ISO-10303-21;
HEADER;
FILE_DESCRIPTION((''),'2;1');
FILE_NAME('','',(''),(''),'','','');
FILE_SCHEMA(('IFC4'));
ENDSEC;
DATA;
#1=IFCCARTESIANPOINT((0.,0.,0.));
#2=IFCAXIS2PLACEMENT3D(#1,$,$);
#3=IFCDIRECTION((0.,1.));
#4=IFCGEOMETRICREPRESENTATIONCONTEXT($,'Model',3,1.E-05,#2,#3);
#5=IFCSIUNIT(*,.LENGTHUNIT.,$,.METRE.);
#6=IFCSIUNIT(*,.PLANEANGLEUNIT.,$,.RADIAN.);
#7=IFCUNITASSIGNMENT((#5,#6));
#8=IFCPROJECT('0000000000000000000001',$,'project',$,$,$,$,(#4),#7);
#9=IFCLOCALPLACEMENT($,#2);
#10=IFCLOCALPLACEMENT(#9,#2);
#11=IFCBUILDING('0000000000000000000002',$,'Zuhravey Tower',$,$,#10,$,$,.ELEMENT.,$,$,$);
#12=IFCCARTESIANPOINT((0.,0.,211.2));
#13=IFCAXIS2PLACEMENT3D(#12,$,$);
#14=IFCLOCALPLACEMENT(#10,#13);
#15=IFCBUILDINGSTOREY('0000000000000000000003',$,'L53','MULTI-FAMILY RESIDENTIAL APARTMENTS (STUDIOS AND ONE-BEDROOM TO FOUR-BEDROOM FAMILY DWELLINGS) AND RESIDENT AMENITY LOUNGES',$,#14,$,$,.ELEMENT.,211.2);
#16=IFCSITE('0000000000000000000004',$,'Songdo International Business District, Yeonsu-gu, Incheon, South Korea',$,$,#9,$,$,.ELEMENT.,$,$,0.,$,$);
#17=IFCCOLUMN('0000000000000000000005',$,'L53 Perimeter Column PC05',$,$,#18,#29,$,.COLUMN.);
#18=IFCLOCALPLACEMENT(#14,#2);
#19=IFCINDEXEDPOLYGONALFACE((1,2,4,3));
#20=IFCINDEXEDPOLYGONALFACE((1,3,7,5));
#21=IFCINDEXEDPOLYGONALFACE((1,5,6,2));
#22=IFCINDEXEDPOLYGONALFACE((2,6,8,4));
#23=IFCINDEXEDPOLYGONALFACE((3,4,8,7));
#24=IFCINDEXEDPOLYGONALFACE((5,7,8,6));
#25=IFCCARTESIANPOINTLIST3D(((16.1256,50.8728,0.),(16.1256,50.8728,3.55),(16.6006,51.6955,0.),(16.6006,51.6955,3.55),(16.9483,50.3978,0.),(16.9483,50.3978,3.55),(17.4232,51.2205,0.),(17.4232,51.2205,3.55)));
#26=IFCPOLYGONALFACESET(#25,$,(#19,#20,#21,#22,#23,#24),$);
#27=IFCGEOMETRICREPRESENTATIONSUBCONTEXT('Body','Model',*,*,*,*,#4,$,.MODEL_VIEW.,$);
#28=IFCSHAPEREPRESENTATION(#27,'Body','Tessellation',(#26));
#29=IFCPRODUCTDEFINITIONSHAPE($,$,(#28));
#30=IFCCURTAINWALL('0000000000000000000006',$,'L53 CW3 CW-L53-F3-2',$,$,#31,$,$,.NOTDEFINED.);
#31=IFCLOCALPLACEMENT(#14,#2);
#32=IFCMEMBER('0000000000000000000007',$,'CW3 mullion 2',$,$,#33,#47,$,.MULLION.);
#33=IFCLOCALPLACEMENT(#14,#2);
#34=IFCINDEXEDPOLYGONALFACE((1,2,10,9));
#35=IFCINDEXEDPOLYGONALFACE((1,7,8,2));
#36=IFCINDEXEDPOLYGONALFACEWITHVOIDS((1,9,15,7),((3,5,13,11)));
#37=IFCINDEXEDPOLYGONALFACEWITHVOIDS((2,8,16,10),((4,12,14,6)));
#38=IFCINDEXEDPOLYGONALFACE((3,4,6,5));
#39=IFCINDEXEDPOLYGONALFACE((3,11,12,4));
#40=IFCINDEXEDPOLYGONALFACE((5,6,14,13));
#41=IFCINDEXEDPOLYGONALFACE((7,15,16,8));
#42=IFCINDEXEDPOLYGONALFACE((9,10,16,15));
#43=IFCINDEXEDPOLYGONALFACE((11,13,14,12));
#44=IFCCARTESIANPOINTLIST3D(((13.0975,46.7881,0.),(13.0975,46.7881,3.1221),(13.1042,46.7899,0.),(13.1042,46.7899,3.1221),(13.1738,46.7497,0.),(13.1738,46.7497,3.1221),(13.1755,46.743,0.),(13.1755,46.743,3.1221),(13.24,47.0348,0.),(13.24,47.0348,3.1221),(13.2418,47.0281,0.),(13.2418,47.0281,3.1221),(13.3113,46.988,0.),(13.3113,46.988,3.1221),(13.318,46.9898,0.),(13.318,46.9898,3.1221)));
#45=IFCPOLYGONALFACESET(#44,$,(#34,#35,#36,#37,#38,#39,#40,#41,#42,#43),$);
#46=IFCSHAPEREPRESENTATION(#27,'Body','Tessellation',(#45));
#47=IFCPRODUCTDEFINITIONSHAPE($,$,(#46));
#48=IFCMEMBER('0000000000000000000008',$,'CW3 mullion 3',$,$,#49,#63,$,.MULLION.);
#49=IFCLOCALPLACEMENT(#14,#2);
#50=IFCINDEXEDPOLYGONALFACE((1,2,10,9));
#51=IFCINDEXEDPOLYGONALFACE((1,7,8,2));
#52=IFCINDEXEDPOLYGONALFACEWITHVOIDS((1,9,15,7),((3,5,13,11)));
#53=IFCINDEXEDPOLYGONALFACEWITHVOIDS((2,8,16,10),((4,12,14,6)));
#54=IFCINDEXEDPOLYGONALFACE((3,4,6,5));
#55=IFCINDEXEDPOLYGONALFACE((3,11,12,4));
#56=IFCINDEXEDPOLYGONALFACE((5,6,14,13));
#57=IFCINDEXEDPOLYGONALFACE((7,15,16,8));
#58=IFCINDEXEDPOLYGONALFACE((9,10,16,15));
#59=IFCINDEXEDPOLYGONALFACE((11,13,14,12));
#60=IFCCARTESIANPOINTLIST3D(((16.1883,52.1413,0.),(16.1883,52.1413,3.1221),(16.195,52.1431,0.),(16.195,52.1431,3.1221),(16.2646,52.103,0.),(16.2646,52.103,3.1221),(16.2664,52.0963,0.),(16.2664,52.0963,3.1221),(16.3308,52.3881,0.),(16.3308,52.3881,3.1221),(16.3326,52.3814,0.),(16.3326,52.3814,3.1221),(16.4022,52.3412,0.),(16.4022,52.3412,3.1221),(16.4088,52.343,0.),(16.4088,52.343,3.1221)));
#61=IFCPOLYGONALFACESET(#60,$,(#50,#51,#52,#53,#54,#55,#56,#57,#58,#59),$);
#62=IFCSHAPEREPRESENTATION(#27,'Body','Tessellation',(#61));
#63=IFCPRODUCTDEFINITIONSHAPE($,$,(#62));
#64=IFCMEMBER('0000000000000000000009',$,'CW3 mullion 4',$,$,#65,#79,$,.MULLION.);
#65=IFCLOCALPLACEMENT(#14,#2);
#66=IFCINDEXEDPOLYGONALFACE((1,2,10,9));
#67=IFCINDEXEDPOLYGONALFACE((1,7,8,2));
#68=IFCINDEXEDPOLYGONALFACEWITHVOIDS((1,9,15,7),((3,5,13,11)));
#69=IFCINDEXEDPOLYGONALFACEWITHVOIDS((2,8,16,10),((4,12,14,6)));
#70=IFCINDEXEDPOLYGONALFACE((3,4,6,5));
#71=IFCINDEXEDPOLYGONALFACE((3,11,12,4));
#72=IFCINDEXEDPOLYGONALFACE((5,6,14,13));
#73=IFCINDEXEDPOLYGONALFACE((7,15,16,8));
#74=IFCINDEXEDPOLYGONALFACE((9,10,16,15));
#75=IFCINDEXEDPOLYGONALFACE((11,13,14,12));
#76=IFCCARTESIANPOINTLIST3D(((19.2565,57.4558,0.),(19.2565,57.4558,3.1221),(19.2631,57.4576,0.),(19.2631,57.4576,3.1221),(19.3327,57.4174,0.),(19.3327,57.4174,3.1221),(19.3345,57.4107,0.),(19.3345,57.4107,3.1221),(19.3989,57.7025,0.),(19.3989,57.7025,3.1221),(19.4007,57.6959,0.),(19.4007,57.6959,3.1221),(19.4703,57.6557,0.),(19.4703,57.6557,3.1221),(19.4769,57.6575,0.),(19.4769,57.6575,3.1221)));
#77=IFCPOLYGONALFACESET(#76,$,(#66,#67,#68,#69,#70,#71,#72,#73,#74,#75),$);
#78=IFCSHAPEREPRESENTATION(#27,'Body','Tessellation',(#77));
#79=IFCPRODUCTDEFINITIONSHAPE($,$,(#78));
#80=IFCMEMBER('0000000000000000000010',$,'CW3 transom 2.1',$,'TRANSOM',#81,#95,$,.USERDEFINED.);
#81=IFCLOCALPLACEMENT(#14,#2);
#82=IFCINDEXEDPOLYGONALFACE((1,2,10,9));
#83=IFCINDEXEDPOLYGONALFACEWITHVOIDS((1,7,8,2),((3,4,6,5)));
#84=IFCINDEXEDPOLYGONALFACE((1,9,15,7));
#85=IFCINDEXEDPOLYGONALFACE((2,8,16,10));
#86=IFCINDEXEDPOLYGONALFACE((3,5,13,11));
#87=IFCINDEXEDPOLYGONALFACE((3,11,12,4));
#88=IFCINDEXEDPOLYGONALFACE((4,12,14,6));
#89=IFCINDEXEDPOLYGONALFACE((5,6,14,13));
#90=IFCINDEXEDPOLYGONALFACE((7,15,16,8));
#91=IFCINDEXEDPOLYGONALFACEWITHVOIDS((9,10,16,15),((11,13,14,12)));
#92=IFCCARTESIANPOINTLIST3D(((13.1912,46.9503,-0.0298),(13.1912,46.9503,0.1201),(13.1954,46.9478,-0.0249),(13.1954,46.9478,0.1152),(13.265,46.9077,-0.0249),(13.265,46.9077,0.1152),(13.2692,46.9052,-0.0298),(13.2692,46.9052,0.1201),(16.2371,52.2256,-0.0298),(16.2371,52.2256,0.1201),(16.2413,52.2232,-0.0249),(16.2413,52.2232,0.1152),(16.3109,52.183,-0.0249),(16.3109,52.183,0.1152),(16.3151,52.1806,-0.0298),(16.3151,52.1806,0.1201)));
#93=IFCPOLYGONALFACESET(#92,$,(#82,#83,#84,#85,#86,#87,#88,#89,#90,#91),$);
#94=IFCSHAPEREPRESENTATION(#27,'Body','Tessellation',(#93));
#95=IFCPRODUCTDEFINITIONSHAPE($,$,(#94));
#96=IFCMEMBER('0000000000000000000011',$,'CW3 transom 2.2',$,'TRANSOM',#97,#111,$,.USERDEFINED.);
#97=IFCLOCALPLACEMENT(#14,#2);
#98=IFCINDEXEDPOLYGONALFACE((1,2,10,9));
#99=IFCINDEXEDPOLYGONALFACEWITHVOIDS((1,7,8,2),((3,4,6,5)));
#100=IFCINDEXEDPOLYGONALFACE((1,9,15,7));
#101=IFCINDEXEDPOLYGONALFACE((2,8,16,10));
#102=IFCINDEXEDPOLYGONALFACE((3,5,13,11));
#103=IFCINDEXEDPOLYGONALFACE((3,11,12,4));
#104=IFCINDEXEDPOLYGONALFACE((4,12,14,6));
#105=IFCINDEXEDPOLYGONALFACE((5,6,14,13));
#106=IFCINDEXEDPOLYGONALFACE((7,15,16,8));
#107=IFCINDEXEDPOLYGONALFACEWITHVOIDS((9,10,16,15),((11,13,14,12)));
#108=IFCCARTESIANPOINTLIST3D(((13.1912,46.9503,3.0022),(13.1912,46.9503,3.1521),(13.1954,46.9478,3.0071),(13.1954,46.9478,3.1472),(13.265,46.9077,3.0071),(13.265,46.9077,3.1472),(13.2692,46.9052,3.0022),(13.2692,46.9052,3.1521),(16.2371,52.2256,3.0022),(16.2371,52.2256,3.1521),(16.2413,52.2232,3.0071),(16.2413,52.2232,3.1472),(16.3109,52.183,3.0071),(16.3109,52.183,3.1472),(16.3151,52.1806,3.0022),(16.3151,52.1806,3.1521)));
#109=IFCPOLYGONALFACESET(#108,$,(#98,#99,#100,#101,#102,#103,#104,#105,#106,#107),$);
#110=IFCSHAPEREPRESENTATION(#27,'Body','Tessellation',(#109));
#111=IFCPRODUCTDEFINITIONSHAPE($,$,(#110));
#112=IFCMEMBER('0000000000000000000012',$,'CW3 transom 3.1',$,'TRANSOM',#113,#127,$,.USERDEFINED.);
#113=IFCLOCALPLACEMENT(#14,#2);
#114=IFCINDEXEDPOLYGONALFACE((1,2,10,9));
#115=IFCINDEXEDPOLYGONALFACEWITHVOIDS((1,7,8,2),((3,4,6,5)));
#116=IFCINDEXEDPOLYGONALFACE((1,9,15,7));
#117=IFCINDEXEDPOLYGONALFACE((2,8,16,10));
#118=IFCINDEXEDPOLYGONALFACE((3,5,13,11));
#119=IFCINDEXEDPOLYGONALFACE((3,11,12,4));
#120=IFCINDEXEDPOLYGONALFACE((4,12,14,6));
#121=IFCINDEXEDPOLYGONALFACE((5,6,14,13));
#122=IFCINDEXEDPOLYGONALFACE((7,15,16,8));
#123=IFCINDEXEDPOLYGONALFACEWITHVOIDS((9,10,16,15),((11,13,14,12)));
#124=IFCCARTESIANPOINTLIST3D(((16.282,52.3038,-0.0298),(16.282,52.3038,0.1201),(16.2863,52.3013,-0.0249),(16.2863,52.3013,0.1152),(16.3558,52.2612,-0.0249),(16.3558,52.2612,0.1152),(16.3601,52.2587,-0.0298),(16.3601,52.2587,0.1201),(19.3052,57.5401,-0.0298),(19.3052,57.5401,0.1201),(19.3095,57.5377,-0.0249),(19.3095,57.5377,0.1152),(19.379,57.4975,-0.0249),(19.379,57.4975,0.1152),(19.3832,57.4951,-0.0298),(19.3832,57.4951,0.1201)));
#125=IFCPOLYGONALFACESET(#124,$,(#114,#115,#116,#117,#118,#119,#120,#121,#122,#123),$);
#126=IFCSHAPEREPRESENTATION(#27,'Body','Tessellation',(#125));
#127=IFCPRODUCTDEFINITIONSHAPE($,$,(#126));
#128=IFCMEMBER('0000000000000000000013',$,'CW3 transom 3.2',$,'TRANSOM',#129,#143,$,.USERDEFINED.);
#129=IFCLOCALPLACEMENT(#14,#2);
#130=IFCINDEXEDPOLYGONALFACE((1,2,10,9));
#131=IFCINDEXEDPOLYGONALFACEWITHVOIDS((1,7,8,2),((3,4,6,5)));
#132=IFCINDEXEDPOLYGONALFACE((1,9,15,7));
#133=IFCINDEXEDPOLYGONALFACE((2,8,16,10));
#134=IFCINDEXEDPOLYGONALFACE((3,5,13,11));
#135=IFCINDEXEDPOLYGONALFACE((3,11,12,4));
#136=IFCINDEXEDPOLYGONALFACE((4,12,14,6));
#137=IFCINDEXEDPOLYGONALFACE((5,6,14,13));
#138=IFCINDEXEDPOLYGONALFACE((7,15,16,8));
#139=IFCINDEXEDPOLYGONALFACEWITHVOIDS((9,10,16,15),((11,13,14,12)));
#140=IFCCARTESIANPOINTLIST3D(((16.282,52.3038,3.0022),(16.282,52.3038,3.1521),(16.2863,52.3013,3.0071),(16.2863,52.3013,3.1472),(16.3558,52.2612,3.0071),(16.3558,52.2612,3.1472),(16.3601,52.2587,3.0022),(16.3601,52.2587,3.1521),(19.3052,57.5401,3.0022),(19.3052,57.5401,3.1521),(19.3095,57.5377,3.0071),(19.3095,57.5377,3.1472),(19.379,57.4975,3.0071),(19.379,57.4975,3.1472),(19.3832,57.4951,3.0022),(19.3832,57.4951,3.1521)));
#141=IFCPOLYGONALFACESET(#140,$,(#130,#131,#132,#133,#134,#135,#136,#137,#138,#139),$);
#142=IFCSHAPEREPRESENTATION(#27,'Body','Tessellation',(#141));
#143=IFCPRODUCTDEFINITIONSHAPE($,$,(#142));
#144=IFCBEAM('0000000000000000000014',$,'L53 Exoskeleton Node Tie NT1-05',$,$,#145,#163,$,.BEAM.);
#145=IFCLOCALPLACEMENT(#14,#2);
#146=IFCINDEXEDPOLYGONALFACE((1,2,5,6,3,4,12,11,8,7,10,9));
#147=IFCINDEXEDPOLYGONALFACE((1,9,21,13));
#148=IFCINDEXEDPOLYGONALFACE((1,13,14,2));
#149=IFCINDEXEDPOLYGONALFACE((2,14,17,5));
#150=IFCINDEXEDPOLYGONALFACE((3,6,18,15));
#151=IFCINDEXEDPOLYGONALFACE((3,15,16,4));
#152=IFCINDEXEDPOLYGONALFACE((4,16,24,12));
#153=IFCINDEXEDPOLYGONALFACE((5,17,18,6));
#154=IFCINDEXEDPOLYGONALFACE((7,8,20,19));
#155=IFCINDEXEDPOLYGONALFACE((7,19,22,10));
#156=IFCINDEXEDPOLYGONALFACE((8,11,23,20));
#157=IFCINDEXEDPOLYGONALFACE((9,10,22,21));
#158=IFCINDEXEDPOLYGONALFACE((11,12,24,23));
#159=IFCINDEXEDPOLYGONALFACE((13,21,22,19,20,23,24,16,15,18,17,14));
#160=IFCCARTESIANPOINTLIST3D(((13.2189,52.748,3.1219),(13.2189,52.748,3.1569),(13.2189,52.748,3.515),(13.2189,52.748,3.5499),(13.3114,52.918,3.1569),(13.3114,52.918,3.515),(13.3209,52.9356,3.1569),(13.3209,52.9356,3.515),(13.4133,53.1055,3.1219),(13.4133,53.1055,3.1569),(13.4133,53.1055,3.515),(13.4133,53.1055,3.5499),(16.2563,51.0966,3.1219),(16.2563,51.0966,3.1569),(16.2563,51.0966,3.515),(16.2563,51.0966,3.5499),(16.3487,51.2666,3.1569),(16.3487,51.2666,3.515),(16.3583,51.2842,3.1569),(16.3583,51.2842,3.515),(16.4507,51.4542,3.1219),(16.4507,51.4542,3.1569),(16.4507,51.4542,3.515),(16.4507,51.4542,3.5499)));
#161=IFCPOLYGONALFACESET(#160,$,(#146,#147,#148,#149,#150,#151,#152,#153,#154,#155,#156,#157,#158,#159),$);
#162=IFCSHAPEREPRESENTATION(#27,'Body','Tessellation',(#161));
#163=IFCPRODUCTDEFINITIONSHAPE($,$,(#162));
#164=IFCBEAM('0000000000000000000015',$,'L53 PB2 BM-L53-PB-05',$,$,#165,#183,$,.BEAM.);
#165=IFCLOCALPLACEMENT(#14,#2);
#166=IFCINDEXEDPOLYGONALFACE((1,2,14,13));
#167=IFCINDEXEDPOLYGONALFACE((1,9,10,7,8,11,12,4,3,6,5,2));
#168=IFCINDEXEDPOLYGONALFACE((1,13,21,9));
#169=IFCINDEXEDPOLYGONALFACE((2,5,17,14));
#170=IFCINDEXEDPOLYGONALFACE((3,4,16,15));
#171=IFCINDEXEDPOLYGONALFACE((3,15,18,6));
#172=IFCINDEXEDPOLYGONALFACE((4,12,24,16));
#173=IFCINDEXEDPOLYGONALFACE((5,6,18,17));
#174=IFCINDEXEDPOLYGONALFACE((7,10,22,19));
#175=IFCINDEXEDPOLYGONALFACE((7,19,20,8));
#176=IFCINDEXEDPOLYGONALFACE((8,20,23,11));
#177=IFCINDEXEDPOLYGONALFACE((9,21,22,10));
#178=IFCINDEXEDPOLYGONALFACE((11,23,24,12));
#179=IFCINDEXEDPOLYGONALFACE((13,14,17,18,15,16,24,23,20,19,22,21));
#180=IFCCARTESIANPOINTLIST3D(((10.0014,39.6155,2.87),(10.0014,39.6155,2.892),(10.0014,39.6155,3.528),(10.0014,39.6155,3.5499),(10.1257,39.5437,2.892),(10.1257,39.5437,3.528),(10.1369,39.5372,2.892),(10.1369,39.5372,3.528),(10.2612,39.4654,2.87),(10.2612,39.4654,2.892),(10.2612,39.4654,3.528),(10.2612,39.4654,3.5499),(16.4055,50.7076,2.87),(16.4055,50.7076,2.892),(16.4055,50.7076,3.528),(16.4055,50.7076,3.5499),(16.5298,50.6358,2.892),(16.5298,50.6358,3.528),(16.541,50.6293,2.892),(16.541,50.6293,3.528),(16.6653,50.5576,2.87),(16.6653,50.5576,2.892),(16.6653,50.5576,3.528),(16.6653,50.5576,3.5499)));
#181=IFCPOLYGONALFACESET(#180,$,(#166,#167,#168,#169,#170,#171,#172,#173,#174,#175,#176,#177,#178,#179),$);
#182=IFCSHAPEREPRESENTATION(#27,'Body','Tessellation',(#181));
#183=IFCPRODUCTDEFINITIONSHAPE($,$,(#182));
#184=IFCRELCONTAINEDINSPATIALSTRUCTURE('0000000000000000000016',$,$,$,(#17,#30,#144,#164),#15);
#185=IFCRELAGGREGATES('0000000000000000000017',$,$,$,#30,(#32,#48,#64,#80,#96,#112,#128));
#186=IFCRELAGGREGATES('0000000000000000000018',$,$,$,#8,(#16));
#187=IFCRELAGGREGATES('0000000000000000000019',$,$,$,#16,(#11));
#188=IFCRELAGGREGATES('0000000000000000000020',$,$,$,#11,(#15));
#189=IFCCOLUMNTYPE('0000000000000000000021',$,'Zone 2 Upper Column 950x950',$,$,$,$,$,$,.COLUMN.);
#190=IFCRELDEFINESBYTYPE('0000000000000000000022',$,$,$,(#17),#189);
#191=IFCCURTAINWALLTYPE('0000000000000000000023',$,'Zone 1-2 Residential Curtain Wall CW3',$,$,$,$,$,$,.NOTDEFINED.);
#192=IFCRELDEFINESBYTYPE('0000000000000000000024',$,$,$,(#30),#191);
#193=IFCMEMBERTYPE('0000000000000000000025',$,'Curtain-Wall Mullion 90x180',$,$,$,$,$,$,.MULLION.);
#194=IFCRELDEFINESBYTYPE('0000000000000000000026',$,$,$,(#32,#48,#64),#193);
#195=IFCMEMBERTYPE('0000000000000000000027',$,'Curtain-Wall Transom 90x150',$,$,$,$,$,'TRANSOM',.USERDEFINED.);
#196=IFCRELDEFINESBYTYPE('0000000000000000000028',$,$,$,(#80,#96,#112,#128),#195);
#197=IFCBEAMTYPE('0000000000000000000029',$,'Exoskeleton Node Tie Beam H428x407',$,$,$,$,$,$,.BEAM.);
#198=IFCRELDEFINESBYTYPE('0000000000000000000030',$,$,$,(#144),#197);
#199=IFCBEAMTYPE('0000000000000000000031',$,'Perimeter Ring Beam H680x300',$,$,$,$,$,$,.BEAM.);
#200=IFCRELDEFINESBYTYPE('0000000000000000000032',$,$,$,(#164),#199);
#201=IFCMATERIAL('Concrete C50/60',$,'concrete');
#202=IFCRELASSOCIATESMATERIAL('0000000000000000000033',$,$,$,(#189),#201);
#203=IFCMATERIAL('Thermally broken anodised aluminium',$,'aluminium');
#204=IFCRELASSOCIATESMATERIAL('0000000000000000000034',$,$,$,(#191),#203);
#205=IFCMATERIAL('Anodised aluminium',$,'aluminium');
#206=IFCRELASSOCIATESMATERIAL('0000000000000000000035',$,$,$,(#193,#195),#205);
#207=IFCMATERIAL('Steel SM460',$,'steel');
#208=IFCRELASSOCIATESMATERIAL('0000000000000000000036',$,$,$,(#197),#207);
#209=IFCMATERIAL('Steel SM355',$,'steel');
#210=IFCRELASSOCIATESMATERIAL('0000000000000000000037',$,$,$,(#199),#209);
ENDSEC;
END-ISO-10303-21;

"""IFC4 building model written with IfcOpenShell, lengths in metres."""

from ifc_helpers import new_model, si_unit, direction, frame, origin, origin_2d, place, context, subcontext, project, spatial, rectangle, hollow_rectangle, i_section, extrude, material, material_profile, profile_set, type_object, element, aggregate, save


model = new_model("IFC4")

# Units and contexts
model_context = context("Model", 3, precision=1e-05, world=origin(), true_north=direction((0.0, 1.0)))
body_context = subcontext(model_context, "Body", "Model", "MODEL_VIEW")
ifc_project = project(units=[si_unit("LENGTHUNIT", "METRE"), si_unit("PLANEANGLEUNIT", "RADIAN")], contexts=[model_context])

# Site, building, storey
site_placement = place(None, origin())
site = spatial("IfcSite", under=ifc_project, at=site_placement, Name="Songdo International Business District, Yeonsu-gu, Incheon, South Korea", CompositionType="ELEMENT", RefElevation=0.0)
building_placement = place(site_placement, origin())
building = spatial("IfcBuilding", under=site, at=building_placement, Name="Zuhravey Tower", CompositionType="ELEMENT")
storey_placement = place(building_placement, frame((0.0, 0.0, 211.2)))
storey = spatial("IfcBuildingStorey", under=building, at=storey_placement, Name="L53", Description="MULTI-FAMILY RESIDENTIAL APARTMENTS (STUDIOS AND ONE-BEDROOM TO FOUR-BEDROOM FAMILY DWELLINGS) AND RESIDENT AMENITY LOUNGES", CompositionType="ELEMENT", Elevation=211.2)

# Column
ifc_material_1 = material(Name="Concrete C50/60", Category="concrete")
ifc_material_profile_1 = material_profile(ifc_material_1, rectangle(XDim=0.95, YDim=0.95, at=origin_2d()), Name="RC-950x950")
ifc_profile_set_1 = profile_set([ifc_material_profile_1], Name="Concrete C50/60")
column_type = type_object("IfcColumnType", Name="Zone 2 Upper Column 950x950", PredefinedType="COLUMN", material=ifc_profile_set_1)
column_placement = place(storey_placement, frame((16.7744, 51.0466, 0.0), z_axis=(0.0, 0.0, 1.0), x_axis=(-0.5, -0.866025, 0.0)))
element("IfcColumn", 1, at=column_placement, inside=storey, type_object=column_type, Name="L53 Perimeter Column PC05", PredefinedType="COLUMN", context=body_context, shape_type="SweptSolid", body=[
    extrude(rectangle(XDim=0.95, YDim=0.95, at=origin_2d()), origin(), (0.0, 0.0, 1.0), 3.55),
])

# Curtain wall, members
ifc_material_2 = material(Name="Thermally broken anodised aluminium", Category="aluminium")
curtain_wall_type = type_object("IfcCurtainWallType", Name="Zone 1-2 Residential Curtain Wall CW3", PredefinedType="NOTDEFINED", material=ifc_material_2)
curtain_wall_placement = place(storey_placement, origin())
curtain_wall = element("IfcCurtainWall", 2, at=curtain_wall_placement, inside=storey, type_object=curtain_wall_type, Name="L53 CW3 CW-L53-F3-2", PredefinedType="NOTDEFINED")
ifc_material_3 = material(Name="Anodised aluminium", Category="aluminium")
ifc_material_profile_2 = material_profile(ifc_material_3, hollow_rectangle(XDim=0.0901, YDim=0.2849, WallThickness=0.0049, at=origin_2d()), Name="ALU-RHS-90x285x5")
ifc_profile_set_2 = profile_set([ifc_material_profile_2], Name="Anodised aluminium")
member_type_1 = type_object("IfcMemberType", Name="Curtain-Wall Mullion 90x180", PredefinedType="MULLION", material=ifc_profile_set_2)
member_1_placement = place(storey_placement, frame((13.2078, 46.8889, 0.0), z_axis=(0.0, 0.0, 1.0), x_axis=(-0.866027, 0.499998, 0.0)))
member_1 = element("IfcMember", 3, at=member_1_placement, type_object=member_type_1, Name="CW3 mullion 2", PredefinedType="MULLION", context=body_context, shape_type="SweptSolid", body=[
    extrude(hollow_rectangle(XDim=0.0901, YDim=0.2849, WallThickness=0.0049, at=origin_2d()), origin(), (0.0, 0.0, 1.0), 3.1221),
])
member_2_placement = place(storey_placement, frame((16.2986, 52.2422, 0.0), z_axis=(0.0, 0.0, 1.0), x_axis=(-0.866027, 0.499998, 0.0)))
member_2 = element("IfcMember", 4, at=member_2_placement, type_object=member_type_1, Name="CW3 mullion 3", PredefinedType="MULLION", context=body_context, shape_type="SweptSolid", body=[
    extrude(hollow_rectangle(XDim=0.0901, YDim=0.2849, WallThickness=0.0049, at=origin_2d()), origin(), (0.0, 0.0, 1.0), 3.1221),
])
member_3_placement = place(storey_placement, frame((19.3667, 57.5566, 0.0), z_axis=(0.0, 0.0, 1.0), x_axis=(-0.866027, 0.499998, 0.0)))
member_3 = element("IfcMember", 5, at=member_3_placement, type_object=member_type_1, Name="CW3 mullion 4", PredefinedType="MULLION", context=body_context, shape_type="SweptSolid", body=[
    extrude(hollow_rectangle(XDim=0.0901, YDim=0.2849, WallThickness=0.0049, at=origin_2d()), origin(), (0.0, 0.0, 1.0), 3.1221),
])
ifc_material_profile_3 = material_profile(ifc_material_3, hollow_rectangle(XDim=0.0901, YDim=0.1499, WallThickness=0.0049, at=origin_2d()), Name="ALU-RHS-90x150x5")
ifc_profile_set_3 = profile_set([ifc_material_profile_3], Name="Anodised aluminium")
member_type_2 = type_object("IfcMemberType", Name="Curtain-Wall Transom 90x150", ElementType="TRANSOM", PredefinedType="USERDEFINED", material=ifc_profile_set_3)
member_4_placement = place(storey_placement, frame((13.2302, 46.9277, 0.0452), z_axis=(0.500018, 0.866015, 0.0), x_axis=(-0.866015, 0.500018, 0.0)))
member_4 = element("IfcMember", 6, at=member_4_placement, type_object=member_type_2, Name="CW3 transom 2.1", ObjectType="TRANSOM", PredefinedType="USERDEFINED", context=body_context, shape_type="SweptSolid", body=[
    extrude(hollow_rectangle(XDim=0.0901, YDim=0.1499, WallThickness=0.0049, at=origin_2d()), origin(), (0.0, 0.0, 1.0), 6.0916),
])
member_5_placement = place(storey_placement, frame((13.2302, 46.9277, 3.0771), z_axis=(0.500018, 0.866015, 0.0), x_axis=(-0.866015, 0.500018, 0.0)))
member_5 = element("IfcMember", 7, at=member_5_placement, type_object=member_type_2, Name="CW3 transom 2.2", ObjectType="TRANSOM", PredefinedType="USERDEFINED", context=body_context, shape_type="SweptSolid", body=[
    extrude(hollow_rectangle(XDim=0.0901, YDim=0.1499, WallThickness=0.0049, at=origin_2d()), origin(), (0.0, 0.0, 1.0), 6.0916),
])
member_6_placement = place(storey_placement, frame((16.321, 52.2812, 0.0452), z_axis=(0.5, 0.866026, 0.0), x_axis=(-0.866026, 0.5, 0.0)))
member_6 = element("IfcMember", 8, at=member_6_placement, type_object=member_type_2, Name="CW3 transom 3.1", ObjectType="TRANSOM", PredefinedType="USERDEFINED", context=body_context, shape_type="SweptSolid", body=[
    extrude(hollow_rectangle(XDim=0.0901, YDim=0.1499, WallThickness=0.0049, at=origin_2d()), origin(), (0.0, 0.0, 1.0), 6.0464),
])
member_7_placement = place(storey_placement, frame((16.321, 52.2812, 3.0771), z_axis=(0.5, 0.866026, 0.0), x_axis=(-0.866026, 0.5, 0.0)))
member_7 = element("IfcMember", 9, at=member_7_placement, type_object=member_type_2, Name="CW3 transom 3.2", ObjectType="TRANSOM", PredefinedType="USERDEFINED", context=body_context, shape_type="SweptSolid", body=[
    extrude(hollow_rectangle(XDim=0.0901, YDim=0.1499, WallThickness=0.0049, at=origin_2d()), origin(), (0.0, 0.0, 1.0), 6.0464),
])

# Beams
ifc_material_4 = material(Name="Steel SM460", Category="steel")
ifc_material_profile_4 = material_profile(ifc_material_4, i_section(OverallWidth=0.407, OverallDepth=0.428, WebThickness=0.02, FlangeThickness=0.0349, at=origin_2d()), Name="H-428x407x20x35")
ifc_profile_set_4 = profile_set([ifc_material_profile_4], Name="Steel SM460")
beam_type_1 = type_object("IfcBeamType", Name="Exoskeleton Node Tie Beam H428x407", PredefinedType="BEAM", material=ifc_profile_set_4)
beam_1_placement = place(storey_placement, frame((16.3535, 51.2754, 3.3359), z_axis=(-0.878548, 0.477654, 0.0), x_axis=(-0.477654, -0.878548, 0.0)))
element("IfcBeam", 10, at=beam_1_placement, inside=storey, type_object=beam_type_1, Name="L53 Exoskeleton Node Tie NT1-05", PredefinedType="BEAM", context=body_context, shape_type="SweptSolid", body=[
    extrude(i_section(OverallWidth=0.407, OverallDepth=0.428, WebThickness=0.02, FlangeThickness=0.0349, at=origin_2d()), origin(), (0.0, 0.0, 1.0), 3.4573),
])
ifc_material_5 = material(Name="Steel SM355", Category="steel")
ifc_material_profile_5 = material_profile(ifc_material_5, i_section(OverallWidth=0.3, OverallDepth=0.6799, WebThickness=0.0129, FlangeThickness=0.022, at=origin_2d()), Name="H-680x300x13x22")
ifc_profile_set_5 = profile_set([ifc_material_profile_5], Name="Steel SM355")
beam_type_2 = type_object("IfcBeamType", Name="Perimeter Ring Beam H680x300", PredefinedType="BEAM", material=ifc_profile_set_5)
beam_2_placement = place(storey_placement, frame((16.5354, 50.6326, 3.21), z_axis=(-0.500004, -0.866023, 0.0), x_axis=(0.866023, -0.500004, 0.0)))
element("IfcBeam", 11, at=beam_2_placement, inside=storey, type_object=beam_type_2, Name="L53 PB2 BM-L53-PB-05", PredefinedType="BEAM", context=body_context, shape_type="SweptSolid", body=[
    extrude(i_section(OverallWidth=0.3, OverallDepth=0.6799, WebThickness=0.0129, FlangeThickness=0.022, at=origin_2d()), origin(), (0.0, 0.0, 1.0), 12.8081),
])

aggregate(curtain_wall, [member_1, member_2, member_3, member_4, member_5, member_6, member_7])

save(model, "model.ifc")
